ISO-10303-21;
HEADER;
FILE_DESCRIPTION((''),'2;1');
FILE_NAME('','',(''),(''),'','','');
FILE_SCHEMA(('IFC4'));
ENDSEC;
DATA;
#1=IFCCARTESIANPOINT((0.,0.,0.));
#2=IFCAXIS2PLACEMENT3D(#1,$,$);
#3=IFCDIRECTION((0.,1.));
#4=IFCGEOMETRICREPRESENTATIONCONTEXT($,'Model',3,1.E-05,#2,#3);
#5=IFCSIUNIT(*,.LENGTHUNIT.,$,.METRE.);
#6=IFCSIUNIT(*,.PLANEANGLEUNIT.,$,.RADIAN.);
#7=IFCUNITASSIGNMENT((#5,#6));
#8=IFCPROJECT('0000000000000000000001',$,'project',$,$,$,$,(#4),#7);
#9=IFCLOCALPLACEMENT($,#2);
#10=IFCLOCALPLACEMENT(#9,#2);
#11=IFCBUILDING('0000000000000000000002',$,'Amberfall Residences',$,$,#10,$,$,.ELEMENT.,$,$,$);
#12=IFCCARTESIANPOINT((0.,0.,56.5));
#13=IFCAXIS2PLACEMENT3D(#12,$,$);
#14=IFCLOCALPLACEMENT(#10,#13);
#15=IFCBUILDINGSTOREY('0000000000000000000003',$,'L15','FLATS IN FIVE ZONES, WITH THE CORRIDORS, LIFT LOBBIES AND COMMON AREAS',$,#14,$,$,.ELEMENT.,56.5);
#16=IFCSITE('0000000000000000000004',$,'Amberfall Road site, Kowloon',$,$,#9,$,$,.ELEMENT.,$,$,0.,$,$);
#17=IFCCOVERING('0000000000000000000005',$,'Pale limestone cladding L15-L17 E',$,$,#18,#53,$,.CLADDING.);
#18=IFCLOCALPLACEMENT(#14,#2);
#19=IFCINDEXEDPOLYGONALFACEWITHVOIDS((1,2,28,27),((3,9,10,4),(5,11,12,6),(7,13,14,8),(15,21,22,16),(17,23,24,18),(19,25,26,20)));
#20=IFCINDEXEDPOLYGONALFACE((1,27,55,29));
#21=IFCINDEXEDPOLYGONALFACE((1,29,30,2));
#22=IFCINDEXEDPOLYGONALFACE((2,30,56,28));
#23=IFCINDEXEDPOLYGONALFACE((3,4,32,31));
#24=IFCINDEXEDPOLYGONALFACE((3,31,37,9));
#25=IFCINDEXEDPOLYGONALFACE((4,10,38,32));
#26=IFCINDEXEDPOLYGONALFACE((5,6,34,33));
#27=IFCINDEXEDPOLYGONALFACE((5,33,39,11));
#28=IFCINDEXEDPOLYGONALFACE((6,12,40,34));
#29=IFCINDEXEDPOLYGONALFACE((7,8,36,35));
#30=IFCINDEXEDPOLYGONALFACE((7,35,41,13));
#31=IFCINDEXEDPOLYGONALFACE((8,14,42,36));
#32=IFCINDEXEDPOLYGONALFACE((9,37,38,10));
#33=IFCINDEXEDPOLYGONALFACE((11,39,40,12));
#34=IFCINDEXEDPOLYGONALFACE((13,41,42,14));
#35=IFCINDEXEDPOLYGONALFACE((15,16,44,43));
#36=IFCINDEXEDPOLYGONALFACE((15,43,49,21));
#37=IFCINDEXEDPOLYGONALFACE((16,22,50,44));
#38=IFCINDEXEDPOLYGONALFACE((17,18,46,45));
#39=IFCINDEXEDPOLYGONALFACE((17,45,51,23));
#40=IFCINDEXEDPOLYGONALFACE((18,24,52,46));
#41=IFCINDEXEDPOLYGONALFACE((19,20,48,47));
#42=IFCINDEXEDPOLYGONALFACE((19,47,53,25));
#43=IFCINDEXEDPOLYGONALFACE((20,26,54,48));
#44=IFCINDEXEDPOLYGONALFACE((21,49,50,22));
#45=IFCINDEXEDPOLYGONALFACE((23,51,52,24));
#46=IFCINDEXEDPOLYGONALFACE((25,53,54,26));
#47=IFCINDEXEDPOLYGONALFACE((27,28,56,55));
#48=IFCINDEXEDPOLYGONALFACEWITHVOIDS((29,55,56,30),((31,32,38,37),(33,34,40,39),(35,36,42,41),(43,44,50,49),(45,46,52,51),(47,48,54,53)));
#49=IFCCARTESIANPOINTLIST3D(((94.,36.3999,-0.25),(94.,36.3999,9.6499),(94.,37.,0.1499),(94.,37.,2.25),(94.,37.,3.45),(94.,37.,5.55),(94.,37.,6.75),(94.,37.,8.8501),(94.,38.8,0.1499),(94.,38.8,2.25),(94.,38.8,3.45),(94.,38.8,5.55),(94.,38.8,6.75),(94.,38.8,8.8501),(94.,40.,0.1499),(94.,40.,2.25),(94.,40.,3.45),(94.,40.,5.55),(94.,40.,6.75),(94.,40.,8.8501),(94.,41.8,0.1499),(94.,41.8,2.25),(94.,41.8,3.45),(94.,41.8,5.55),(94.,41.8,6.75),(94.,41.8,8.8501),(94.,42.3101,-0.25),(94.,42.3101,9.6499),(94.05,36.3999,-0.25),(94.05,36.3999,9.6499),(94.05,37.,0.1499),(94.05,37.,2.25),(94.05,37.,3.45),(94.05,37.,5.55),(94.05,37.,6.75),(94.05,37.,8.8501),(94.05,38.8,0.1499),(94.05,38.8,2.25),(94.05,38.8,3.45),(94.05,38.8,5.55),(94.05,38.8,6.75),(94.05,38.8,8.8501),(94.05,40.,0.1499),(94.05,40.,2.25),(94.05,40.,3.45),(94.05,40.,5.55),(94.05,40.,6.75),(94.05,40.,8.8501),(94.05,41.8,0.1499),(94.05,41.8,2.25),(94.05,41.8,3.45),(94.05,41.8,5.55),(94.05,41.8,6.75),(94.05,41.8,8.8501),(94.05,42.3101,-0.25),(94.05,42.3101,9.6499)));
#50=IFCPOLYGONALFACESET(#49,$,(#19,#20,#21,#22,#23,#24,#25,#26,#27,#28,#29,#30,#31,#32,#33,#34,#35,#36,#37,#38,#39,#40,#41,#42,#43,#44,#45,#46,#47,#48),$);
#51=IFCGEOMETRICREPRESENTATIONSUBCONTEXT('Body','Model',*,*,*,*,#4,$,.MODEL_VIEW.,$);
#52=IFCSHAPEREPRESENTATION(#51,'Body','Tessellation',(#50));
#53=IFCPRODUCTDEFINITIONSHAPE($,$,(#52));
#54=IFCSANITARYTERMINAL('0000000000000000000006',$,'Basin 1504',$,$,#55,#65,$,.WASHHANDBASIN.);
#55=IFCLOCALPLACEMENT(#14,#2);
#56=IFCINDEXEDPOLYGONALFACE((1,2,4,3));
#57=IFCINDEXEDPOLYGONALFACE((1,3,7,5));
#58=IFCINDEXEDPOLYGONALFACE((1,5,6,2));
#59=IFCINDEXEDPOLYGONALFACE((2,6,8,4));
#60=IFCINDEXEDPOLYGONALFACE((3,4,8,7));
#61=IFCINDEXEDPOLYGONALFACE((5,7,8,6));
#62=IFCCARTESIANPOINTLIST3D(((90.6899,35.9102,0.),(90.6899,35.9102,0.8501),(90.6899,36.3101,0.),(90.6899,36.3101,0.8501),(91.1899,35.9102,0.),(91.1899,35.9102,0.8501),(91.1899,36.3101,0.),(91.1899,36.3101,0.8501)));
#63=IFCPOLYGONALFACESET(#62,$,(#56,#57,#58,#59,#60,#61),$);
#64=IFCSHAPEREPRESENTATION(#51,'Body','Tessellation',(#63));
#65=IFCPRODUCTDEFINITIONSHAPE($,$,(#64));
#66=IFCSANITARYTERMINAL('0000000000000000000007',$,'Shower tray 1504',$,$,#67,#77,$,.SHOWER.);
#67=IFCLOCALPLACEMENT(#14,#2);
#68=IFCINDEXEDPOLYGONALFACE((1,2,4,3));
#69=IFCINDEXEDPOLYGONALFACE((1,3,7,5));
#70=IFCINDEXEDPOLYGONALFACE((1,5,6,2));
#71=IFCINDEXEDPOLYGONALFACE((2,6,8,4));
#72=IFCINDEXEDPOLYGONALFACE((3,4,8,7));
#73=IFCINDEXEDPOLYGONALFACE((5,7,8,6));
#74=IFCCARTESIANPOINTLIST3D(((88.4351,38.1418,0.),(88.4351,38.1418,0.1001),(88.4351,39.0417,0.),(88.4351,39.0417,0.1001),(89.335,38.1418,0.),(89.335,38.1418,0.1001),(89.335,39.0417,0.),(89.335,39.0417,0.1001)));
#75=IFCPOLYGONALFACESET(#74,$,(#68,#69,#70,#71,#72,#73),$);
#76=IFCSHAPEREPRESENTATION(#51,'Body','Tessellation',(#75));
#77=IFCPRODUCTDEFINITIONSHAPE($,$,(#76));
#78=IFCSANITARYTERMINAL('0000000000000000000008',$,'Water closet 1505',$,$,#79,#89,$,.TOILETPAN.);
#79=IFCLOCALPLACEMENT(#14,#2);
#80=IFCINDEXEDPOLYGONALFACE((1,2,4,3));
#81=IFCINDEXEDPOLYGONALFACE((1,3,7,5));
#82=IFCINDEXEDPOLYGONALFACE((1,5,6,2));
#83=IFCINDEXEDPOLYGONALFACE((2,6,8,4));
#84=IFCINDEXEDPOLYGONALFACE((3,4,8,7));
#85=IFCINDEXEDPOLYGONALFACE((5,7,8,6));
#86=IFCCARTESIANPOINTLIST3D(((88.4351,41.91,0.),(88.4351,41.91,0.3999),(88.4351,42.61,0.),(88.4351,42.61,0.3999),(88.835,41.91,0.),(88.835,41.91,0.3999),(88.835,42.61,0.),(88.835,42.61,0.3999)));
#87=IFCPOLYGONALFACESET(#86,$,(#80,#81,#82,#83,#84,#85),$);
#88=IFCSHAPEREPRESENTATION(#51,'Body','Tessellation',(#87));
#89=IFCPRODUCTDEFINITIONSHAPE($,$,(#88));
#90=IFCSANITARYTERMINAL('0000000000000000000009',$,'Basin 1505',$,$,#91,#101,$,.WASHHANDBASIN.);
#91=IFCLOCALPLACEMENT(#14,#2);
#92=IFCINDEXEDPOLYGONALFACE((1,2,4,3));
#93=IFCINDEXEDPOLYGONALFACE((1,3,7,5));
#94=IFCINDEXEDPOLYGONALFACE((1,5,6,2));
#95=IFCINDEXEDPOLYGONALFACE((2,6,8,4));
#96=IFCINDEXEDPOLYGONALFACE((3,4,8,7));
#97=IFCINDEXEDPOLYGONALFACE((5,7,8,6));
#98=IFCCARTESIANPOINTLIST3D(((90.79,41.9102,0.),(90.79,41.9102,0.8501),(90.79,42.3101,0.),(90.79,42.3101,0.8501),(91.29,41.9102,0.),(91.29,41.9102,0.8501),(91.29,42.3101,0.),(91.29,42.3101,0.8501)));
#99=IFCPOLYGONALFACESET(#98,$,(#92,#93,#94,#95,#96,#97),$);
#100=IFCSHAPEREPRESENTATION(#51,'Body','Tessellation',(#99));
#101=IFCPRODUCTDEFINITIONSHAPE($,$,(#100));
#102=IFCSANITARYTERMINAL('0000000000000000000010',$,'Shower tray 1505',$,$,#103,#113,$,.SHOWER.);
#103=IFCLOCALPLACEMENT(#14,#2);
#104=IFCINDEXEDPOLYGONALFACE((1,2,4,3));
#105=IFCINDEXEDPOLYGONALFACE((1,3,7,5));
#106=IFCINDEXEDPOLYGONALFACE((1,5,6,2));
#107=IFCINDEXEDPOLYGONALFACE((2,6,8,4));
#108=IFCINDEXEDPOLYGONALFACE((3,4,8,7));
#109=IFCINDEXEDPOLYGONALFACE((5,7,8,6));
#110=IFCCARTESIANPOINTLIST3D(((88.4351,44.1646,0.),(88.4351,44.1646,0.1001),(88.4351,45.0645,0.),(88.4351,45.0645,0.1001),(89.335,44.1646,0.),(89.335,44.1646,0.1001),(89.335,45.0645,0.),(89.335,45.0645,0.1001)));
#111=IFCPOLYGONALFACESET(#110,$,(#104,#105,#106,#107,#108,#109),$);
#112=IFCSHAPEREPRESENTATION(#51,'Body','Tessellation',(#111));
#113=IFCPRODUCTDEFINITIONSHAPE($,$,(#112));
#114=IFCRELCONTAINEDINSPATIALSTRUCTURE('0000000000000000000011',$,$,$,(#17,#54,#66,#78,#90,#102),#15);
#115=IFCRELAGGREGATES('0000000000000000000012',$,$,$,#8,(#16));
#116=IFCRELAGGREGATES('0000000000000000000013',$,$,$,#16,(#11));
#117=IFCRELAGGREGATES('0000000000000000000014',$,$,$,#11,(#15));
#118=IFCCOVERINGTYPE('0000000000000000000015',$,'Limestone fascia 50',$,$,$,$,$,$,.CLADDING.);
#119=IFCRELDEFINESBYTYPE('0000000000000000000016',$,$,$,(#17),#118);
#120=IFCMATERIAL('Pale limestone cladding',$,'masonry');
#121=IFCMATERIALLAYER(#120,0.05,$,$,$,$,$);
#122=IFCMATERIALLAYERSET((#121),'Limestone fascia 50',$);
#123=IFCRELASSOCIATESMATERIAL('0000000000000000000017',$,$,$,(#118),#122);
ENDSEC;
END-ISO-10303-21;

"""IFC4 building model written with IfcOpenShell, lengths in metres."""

from ifc_helpers import new_model, si_unit, direction, frame, origin, origin_2d, place, context, subcontext, project, spatial, polyline, rectangle, outline, extrude, material, layer, layer_set, type_object, element, save


model = new_model("IFC4")

# Units and contexts
model_context = context("Model", 3, precision=1e-05, world=origin(), true_north=direction((0.0, 1.0)))
body_context = subcontext(model_context, "Body", "Model", "MODEL_VIEW")
ifc_project = project(units=[si_unit("LENGTHUNIT", "METRE"), si_unit("PLANEANGLEUNIT", "RADIAN")], contexts=[model_context])

# Site, building, storey
site_placement = place(None, origin())
site = spatial("IfcSite", under=ifc_project, at=site_placement, Name="Amberfall Road site, Kowloon", CompositionType="ELEMENT", RefElevation=0.0)
building_placement = place(site_placement, origin())
building = spatial("IfcBuilding", under=site, at=building_placement, Name="Amberfall Residences", CompositionType="ELEMENT")
storey_placement = place(building_placement, frame((0.0, 0.0, 56.5)))
storey = spatial("IfcBuildingStorey", under=building, at=storey_placement, Name="L15", Description="FLATS IN FIVE ZONES, WITH THE CORRIDORS, LIFT LOBBIES AND COMMON AREAS", CompositionType="ELEMENT", Elevation=56.5)

# Covering
ifc_material_1 = material(Name="Pale limestone cladding", Category="masonry")
ifc_layer_1 = layer(ifc_material_1, 0.05)
ifc_layer_set_1 = layer_set([ifc_layer_1], Name="Limestone fascia 50")
covering_type = type_object("IfcCoveringType", Name="Limestone fascia 50", PredefinedType="CLADDING", material=ifc_layer_set_1)
covering_placement = place(storey_placement, frame((94.0, 36.3999, 9.6499), z_axis=(-1.0, 0.0, 0.0), x_axis=(0.0, 1.0, 0.0)))
element("IfcCovering", 1, at=covering_placement, inside=storey, type_object=covering_type, Name="Pale limestone cladding L15-L17 E", PredefinedType="CLADDING", context=body_context, shape_type="SweptSolid", body=[
    extrude(outline(polyline([(0.0, 0.0), (5.9102, 0.0), (5.9102, 9.8999), (0.0, 9.8999), (0.0, 0.0)]), holes=[polyline([(0.6001, 7.3999), (2.4001, 7.3999), (2.4001, 9.5), (0.6001, 9.5), (0.6001, 7.3999)]), polyline([(3.6001, 7.3999), (5.4001, 7.3999), (5.4001, 9.5), (3.6001, 9.5), (3.6001, 7.3999)]), polyline([(0.6001, 4.0999), (2.4001, 4.0999), (2.4001, 6.2), (0.6001, 6.2), (0.6001, 4.0999)]), polyline([(3.6001, 4.0999), (5.4001, 4.0999), (5.4001, 6.2), (3.6001, 6.2), (3.6001, 4.0999)]), polyline([(0.6001, 0.7998), (2.4001, 0.7998), (2.4001, 2.8999), (0.6001, 2.8999), (0.6001, 0.7998)]), polyline([(3.6001, 0.7998), (5.4001, 0.7998), (5.4001, 2.8999), (3.6001, 2.8999), (3.6001, 0.7998)])]), origin(), (0.0, 0.0, -1.0), 0.05),
])

# Sanitary terminals
sanitary_terminal_1_placement = place(storey_placement, frame((90.9399, 36.1101, 0.0), z_axis=(0.0, 0.0, 1.0), x_axis=(1.0, 0.0, 0.0)))
element("IfcSanitaryTerminal", 2, at=sanitary_terminal_1_placement, inside=storey, Name="Basin 1504", PredefinedType="WASHHANDBASIN", context=body_context, shape_type="SweptSolid", body=[
    extrude(rectangle(XDim=0.5, YDim=0.3999, at=origin_2d()), origin(), (0.0, 0.0, 1.0), 0.8501),
])
sanitary_terminal_2_placement = place(storey_placement, frame((88.885, 38.5918, 0.0), z_axis=(0.0, 0.0, 1.0), x_axis=(1.0, 0.0, 0.0)))
element("IfcSanitaryTerminal", 3, at=sanitary_terminal_2_placement, inside=storey, Name="Shower tray 1504", PredefinedType="SHOWER", context=body_context, shape_type="SweptSolid", body=[
    extrude(rectangle(XDim=0.8999, YDim=0.8999, at=origin_2d()), origin(), (0.0, 0.0, 1.0), 0.1001),
])
sanitary_terminal_3_placement = place(storey_placement, frame((88.635, 42.26, 0.0), z_axis=(0.0, 0.0, 1.0), x_axis=(1.0, 0.0, 0.0)))
element("IfcSanitaryTerminal", 4, at=sanitary_terminal_3_placement, inside=storey, Name="Water closet 1505", PredefinedType="TOILETPAN", context=body_context, shape_type="SweptSolid", body=[
    extrude(rectangle(XDim=0.3999, YDim=0.7, at=origin_2d()), origin(), (0.0, 0.0, 1.0), 0.3999),
])
sanitary_terminal_4_placement = place(storey_placement, frame((91.04, 42.1101, 0.0), z_axis=(0.0, 0.0, 1.0), x_axis=(1.0, 0.0, 0.0)))
element("IfcSanitaryTerminal", 5, at=sanitary_terminal_4_placement, inside=storey, Name="Basin 1505", PredefinedType="WASHHANDBASIN", context=body_context, shape_type="SweptSolid", body=[
    extrude(rectangle(XDim=0.5, YDim=0.3999, at=origin_2d()), origin(), (0.0, 0.0, 1.0), 0.8501),
])
sanitary_terminal_5_placement = place(storey_placement, frame((88.885, 44.6145, 0.0), z_axis=(0.0, 0.0, 1.0), x_axis=(1.0, 0.0, 0.0)))
element("IfcSanitaryTerminal", 6, at=sanitary_terminal_5_placement, inside=storey, Name="Shower tray 1505", PredefinedType="SHOWER", context=body_context, shape_type="SweptSolid", body=[
    extrude(rectangle(XDim=0.8999, YDim=0.8999, at=origin_2d()), origin(), (0.0, 0.0, 1.0), 0.1001),
])

save(model, "model.ifc")
